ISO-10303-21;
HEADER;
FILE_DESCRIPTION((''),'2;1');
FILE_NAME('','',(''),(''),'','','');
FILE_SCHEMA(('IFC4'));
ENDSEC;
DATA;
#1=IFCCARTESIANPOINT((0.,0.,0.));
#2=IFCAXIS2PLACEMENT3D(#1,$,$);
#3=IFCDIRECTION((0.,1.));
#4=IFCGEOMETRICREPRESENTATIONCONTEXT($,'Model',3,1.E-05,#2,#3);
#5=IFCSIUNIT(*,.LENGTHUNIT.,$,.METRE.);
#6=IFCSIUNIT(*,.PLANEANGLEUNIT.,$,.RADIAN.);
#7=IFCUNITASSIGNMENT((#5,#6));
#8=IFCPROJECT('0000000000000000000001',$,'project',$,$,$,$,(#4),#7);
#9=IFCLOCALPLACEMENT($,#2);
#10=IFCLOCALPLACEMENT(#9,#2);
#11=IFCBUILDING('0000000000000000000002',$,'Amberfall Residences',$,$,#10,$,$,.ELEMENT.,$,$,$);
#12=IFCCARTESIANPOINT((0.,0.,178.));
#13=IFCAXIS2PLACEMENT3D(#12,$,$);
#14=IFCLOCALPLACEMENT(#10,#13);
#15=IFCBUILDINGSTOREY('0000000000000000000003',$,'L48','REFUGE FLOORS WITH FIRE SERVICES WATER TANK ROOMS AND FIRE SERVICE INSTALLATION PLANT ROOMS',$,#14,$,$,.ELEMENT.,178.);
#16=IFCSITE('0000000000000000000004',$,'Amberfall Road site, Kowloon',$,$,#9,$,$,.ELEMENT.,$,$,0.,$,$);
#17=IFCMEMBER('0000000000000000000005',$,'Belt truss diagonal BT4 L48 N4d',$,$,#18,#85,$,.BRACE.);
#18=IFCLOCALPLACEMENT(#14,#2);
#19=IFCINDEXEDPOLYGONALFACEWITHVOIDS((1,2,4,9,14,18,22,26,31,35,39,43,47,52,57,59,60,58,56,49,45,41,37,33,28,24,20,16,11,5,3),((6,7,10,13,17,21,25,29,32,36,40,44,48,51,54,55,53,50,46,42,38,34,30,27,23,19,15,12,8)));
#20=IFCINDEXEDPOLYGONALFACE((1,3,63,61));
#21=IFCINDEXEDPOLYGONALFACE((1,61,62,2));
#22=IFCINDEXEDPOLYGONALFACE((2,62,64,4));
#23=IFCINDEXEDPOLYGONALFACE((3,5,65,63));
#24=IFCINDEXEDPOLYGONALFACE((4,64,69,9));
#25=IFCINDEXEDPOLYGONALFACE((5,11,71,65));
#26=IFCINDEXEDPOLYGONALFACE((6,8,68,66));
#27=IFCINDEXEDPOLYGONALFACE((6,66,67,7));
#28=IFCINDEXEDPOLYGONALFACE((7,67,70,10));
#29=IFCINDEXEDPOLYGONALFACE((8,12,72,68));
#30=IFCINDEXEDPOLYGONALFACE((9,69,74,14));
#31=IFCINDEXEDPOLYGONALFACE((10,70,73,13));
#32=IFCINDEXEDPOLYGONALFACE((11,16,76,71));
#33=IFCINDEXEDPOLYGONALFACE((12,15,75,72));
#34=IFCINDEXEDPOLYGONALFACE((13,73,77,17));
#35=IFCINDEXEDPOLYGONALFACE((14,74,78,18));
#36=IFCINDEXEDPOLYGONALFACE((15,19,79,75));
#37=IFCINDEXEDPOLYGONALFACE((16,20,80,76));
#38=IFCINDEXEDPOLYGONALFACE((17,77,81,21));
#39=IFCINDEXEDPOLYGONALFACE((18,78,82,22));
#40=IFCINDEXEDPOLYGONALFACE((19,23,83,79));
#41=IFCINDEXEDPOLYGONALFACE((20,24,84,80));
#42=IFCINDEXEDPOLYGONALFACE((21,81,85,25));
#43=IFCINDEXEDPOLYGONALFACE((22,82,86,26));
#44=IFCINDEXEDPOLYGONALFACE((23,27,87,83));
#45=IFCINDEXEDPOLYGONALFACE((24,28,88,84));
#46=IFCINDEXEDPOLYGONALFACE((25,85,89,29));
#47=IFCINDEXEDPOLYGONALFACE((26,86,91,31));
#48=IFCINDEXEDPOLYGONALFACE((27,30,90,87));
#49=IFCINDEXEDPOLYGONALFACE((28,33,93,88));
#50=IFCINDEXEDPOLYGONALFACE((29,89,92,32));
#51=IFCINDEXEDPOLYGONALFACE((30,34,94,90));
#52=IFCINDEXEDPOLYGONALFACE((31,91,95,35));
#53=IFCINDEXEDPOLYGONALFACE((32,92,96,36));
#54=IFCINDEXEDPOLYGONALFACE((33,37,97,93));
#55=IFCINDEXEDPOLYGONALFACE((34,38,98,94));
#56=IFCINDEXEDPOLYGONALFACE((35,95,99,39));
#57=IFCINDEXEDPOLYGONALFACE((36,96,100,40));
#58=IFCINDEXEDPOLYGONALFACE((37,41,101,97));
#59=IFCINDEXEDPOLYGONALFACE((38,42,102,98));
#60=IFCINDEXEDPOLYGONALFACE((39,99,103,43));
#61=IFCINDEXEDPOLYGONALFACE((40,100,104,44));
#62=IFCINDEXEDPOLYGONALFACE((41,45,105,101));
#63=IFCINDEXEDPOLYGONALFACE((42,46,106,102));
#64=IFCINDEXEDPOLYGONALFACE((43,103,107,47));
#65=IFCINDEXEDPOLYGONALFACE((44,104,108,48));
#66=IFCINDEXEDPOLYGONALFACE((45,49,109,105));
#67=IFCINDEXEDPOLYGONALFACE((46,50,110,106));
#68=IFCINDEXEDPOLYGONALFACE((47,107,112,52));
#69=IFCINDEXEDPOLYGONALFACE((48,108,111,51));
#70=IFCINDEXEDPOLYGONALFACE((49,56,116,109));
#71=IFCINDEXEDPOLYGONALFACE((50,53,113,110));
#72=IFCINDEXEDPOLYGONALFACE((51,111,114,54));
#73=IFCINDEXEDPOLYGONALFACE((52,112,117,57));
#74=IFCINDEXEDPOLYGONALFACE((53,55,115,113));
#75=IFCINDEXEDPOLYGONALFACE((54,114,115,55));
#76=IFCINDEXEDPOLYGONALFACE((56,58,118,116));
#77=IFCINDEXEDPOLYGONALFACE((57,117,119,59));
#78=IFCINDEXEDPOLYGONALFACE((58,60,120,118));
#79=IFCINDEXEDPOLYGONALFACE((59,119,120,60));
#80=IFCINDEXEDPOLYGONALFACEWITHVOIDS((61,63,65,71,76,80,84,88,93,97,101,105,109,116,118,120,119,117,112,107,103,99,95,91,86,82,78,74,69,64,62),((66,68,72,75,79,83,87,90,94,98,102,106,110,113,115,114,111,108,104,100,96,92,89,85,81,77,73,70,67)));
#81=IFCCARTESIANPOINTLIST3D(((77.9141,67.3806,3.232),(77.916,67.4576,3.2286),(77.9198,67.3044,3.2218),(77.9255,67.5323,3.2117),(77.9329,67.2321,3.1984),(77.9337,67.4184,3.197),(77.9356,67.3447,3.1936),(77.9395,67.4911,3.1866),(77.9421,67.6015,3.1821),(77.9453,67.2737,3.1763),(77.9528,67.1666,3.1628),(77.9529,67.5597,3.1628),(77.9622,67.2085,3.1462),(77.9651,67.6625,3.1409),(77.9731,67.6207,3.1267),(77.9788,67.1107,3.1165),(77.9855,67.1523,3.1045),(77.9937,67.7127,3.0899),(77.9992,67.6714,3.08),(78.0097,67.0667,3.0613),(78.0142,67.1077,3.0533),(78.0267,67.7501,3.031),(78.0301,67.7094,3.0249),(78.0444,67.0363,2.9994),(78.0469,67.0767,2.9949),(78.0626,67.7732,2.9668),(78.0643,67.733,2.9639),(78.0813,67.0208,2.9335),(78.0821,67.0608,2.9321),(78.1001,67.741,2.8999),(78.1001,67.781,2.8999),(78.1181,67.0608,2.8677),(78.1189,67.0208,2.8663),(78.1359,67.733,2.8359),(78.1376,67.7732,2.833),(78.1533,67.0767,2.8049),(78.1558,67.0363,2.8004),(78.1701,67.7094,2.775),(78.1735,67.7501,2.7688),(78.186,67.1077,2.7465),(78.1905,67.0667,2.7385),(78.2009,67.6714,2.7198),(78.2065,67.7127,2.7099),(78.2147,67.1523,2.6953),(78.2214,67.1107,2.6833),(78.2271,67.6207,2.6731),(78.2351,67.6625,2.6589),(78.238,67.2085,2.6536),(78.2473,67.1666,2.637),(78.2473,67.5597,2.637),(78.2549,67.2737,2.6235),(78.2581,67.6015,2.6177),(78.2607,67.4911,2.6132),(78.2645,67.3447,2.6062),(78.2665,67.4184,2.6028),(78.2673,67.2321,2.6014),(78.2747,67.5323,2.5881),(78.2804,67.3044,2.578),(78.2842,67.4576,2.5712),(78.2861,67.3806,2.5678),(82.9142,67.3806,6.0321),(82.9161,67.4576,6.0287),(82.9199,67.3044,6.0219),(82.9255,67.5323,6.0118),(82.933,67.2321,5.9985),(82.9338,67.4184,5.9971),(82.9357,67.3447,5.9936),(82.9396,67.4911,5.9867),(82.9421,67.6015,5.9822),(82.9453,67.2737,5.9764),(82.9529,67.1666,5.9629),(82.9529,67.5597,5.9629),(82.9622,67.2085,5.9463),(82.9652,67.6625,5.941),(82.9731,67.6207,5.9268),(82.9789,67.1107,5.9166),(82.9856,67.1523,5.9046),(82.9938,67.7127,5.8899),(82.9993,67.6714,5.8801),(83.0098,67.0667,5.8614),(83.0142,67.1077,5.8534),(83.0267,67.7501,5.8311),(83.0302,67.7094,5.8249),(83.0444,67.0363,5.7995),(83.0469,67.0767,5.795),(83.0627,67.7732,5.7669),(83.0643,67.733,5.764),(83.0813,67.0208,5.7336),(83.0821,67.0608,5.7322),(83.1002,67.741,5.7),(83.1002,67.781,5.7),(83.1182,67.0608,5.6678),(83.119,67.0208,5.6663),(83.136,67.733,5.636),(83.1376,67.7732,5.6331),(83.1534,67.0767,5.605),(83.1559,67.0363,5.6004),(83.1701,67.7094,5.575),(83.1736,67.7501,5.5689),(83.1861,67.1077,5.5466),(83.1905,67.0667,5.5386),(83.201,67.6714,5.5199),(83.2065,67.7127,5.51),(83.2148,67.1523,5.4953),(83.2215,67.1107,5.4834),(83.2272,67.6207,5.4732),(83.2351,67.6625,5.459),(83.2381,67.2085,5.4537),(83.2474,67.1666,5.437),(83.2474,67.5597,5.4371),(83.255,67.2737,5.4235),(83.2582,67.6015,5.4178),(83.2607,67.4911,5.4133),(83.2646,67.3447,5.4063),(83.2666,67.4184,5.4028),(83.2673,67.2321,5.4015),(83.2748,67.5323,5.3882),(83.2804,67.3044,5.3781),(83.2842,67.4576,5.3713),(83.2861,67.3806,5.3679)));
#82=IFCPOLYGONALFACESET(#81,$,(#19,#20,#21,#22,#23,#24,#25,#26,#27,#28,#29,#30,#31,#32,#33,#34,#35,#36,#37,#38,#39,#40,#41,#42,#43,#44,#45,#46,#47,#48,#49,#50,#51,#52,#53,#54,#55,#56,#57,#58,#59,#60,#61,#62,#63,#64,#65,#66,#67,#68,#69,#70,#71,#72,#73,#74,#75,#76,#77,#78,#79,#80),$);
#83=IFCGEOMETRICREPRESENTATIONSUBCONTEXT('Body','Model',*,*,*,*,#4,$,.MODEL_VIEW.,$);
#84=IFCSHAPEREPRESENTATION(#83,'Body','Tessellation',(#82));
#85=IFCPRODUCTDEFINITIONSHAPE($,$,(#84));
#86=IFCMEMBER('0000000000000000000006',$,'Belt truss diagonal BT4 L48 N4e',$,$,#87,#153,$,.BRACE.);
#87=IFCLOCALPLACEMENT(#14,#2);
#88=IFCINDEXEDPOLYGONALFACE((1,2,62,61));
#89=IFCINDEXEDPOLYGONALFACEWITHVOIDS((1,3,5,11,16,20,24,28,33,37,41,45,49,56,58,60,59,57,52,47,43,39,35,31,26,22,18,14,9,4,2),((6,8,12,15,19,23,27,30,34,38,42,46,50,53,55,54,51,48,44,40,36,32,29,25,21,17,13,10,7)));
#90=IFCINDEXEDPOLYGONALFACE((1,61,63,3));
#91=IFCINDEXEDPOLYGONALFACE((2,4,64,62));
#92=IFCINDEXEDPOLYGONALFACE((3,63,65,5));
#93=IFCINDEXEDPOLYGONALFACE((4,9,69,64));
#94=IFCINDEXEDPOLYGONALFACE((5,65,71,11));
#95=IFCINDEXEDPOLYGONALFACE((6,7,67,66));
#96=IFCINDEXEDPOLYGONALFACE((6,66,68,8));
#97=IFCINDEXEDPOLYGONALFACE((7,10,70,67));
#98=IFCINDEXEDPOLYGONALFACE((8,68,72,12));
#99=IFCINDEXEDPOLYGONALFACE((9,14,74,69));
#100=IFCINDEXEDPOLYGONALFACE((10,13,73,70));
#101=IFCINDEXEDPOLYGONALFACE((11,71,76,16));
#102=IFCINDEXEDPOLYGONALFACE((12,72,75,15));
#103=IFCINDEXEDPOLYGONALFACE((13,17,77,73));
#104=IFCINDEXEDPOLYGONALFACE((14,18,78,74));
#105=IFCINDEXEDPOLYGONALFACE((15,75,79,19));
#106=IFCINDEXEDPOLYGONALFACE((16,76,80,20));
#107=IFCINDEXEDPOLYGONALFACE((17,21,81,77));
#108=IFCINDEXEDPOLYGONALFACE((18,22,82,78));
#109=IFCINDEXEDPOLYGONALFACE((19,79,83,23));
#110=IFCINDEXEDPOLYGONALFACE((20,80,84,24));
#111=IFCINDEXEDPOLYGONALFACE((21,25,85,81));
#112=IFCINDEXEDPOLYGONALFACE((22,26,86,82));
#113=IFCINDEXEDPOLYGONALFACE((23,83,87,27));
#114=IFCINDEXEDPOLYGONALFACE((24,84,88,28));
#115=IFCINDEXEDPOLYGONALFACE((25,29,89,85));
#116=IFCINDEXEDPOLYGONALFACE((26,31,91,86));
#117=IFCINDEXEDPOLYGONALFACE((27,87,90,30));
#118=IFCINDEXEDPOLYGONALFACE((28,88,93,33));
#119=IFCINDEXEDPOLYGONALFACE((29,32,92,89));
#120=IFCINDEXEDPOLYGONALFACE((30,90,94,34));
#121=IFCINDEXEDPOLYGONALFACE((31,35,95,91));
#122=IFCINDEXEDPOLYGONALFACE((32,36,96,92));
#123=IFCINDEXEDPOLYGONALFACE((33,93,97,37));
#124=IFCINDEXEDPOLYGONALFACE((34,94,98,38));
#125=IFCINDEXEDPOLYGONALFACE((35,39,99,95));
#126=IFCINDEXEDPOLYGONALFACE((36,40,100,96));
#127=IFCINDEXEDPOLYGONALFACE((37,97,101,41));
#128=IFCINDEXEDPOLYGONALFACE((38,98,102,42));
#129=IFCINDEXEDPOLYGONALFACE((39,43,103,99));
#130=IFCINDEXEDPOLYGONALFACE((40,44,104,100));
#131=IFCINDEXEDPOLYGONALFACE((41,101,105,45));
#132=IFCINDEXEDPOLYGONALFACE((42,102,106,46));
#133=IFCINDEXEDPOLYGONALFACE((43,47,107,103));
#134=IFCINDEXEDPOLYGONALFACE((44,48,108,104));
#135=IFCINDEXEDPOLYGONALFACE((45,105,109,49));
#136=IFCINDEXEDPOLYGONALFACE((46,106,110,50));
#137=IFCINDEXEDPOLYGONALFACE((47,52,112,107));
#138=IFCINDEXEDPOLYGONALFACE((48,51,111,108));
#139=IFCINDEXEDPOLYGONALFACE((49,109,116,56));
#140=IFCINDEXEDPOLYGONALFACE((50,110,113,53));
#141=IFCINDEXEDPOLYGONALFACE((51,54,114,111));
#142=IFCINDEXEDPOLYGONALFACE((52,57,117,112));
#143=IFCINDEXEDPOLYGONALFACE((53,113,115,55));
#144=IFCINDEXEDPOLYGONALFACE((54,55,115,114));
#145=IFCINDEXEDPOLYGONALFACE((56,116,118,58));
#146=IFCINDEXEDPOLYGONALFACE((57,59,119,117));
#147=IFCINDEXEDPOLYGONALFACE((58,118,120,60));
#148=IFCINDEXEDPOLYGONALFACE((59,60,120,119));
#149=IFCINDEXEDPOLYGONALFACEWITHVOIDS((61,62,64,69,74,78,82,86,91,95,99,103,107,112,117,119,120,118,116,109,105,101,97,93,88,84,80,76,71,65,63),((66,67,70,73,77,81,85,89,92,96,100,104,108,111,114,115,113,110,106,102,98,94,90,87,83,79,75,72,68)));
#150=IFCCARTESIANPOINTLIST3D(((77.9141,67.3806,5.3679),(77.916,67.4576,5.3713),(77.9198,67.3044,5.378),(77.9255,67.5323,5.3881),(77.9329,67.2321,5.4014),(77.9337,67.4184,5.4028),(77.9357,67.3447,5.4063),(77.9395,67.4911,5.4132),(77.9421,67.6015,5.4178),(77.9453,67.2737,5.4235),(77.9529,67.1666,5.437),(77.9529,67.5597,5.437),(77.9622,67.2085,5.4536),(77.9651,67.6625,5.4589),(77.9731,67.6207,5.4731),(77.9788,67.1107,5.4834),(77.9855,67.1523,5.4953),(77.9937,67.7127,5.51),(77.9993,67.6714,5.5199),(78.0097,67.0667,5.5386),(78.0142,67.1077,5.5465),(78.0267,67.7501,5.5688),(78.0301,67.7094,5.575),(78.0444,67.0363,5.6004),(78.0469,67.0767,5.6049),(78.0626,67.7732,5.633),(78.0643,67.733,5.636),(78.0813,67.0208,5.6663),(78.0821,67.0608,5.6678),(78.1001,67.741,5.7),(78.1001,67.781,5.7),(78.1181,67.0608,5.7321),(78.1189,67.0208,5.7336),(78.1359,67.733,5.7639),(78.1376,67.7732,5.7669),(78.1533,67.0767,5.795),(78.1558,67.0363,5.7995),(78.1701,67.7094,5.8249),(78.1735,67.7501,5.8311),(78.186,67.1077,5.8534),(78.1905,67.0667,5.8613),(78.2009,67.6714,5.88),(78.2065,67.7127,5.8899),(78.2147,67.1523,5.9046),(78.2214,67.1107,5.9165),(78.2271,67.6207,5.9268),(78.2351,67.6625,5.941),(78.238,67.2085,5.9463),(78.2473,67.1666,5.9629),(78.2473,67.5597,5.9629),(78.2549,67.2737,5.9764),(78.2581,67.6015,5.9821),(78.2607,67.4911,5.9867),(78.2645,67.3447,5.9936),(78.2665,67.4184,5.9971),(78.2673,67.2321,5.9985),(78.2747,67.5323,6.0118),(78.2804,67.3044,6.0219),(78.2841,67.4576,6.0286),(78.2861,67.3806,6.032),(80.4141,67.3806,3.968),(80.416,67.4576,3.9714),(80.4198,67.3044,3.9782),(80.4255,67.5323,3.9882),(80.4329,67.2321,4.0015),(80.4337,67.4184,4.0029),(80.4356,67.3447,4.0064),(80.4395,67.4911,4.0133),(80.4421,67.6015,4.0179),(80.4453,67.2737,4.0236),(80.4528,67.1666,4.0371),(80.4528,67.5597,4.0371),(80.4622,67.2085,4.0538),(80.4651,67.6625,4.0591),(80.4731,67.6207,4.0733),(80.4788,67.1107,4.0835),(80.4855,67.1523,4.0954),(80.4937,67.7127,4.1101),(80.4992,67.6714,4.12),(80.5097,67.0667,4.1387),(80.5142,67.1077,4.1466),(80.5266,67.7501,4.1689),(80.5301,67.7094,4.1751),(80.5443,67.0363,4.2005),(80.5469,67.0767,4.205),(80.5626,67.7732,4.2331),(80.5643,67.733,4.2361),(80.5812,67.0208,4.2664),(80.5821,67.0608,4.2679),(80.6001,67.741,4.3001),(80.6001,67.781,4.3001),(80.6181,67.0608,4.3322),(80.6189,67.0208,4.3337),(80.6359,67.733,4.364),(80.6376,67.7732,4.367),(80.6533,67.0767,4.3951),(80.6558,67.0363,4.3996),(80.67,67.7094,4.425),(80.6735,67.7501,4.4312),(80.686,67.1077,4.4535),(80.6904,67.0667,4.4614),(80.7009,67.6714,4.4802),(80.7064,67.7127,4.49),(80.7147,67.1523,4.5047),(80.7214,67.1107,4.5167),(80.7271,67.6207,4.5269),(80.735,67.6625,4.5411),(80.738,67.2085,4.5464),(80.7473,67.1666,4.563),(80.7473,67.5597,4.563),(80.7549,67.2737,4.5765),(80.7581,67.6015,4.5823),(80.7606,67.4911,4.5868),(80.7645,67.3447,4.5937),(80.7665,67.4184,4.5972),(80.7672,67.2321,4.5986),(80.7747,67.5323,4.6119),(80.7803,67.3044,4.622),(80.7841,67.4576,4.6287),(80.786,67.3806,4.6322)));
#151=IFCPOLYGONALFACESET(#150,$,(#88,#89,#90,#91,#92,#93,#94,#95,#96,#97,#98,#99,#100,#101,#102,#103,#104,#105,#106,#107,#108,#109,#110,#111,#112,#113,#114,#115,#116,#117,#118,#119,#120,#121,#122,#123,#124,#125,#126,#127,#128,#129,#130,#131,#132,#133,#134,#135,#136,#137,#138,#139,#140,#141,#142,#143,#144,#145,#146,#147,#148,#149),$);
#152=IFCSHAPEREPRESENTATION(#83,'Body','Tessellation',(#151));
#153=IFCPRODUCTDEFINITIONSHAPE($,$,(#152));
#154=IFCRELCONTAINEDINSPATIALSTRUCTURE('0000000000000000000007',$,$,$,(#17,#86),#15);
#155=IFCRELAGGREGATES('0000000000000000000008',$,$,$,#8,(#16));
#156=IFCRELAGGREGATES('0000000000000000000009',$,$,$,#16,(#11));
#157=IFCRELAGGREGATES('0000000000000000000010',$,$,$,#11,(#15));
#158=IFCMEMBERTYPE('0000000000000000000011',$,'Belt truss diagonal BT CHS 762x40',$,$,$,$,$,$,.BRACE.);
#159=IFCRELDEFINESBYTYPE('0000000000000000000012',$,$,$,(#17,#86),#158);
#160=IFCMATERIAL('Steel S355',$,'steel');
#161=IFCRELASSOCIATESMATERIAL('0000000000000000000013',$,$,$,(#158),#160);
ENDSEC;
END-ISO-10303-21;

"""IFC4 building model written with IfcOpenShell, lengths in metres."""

from ifc_helpers import new_model, si_unit, direction, frame, origin, origin_2d, place, context, subcontext, project, spatial, hollow_circle, extrude, material, material_profile, profile_set, type_object, element, save


model = new_model("IFC4")

# Units and contexts
model_context = context("Model", 3, precision=1e-05, world=origin(), true_north=direction((0.0, 1.0)))
body_context = subcontext(model_context, "Body", "Model", "MODEL_VIEW")
ifc_project = project(units=[si_unit("LENGTHUNIT", "METRE"), si_unit("PLANEANGLEUNIT", "RADIAN")], contexts=[model_context])

# Site, building, storey
site_placement = place(None, origin())
site = spatial("IfcSite", under=ifc_project, at=site_placement, Name="Amberfall Road site, Kowloon", CompositionType="ELEMENT", RefElevation=0.0)
building_placement = place(site_placement, origin())
building = spatial("IfcBuilding", under=site, at=building_placement, Name="Amberfall Residences", CompositionType="ELEMENT")
storey_placement = place(building_placement, frame((0.0, 0.0, 178.0)))
storey = spatial("IfcBuildingStorey", under=building, at=storey_placement, Name="L48", Description="REFUGE FLOORS WITH FIRE SERVICES WATER TANK ROOMS AND FIRE SERVICE INSTALLATION PLANT ROOMS", CompositionType="ELEMENT", Elevation=178.0)

# Shared definitions
ifc_material_1 = material(Name="Steel S355", Category="steel")

# Members
ifc_material_profile_1 = material_profile(ifc_material_1, hollow_circle(Radius=0.3811, WallThickness=0.04, at=origin_2d()), Name="CHS 762x40")
ifc_profile_set_1 = profile_set([ifc_material_profile_1], Name="Steel S355")
member_type = type_object("IfcMemberType", Name="Belt truss diagonal BT CHS 762x40", PredefinedType="BRACE", material=ifc_profile_set_1)
member_1_placement = place(storey_placement, frame((78.1001, 67.3999, 2.8999), z_axis=(0.872502, 0.0, 0.48861), x_axis=(0.0, 1.0, 0.0)))
element("IfcMember", 1, at=member_1_placement, inside=storey, type_object=member_type, Name="Belt truss diagonal BT4 L48 N4d", PredefinedType="BRACE", context=body_context, shape_type="SweptSolid", body=[
    extrude(hollow_circle(Radius=0.3811, WallThickness=0.04, at=origin_2d()), origin(), (0.0, 0.0, 1.0), 5.7307),
])
member_2_placement = place(storey_placement, frame((78.1001, 67.3999, 5.7), z_axis=(0.872521, 0.0, -0.488577), x_axis=(0.0, 1.0, 0.0)))
element("IfcMember", 2, at=member_2_placement, inside=storey, type_object=member_type, Name="Belt truss diagonal BT4 L48 N4e", PredefinedType="BRACE", context=body_context, shape_type="SweptSolid", body=[
    extrude(hollow_circle(Radius=0.3811, WallThickness=0.04, at=origin_2d()), origin(), (0.0, 0.0, 1.0), 2.8652),
])

save(model, "model.ifc")
